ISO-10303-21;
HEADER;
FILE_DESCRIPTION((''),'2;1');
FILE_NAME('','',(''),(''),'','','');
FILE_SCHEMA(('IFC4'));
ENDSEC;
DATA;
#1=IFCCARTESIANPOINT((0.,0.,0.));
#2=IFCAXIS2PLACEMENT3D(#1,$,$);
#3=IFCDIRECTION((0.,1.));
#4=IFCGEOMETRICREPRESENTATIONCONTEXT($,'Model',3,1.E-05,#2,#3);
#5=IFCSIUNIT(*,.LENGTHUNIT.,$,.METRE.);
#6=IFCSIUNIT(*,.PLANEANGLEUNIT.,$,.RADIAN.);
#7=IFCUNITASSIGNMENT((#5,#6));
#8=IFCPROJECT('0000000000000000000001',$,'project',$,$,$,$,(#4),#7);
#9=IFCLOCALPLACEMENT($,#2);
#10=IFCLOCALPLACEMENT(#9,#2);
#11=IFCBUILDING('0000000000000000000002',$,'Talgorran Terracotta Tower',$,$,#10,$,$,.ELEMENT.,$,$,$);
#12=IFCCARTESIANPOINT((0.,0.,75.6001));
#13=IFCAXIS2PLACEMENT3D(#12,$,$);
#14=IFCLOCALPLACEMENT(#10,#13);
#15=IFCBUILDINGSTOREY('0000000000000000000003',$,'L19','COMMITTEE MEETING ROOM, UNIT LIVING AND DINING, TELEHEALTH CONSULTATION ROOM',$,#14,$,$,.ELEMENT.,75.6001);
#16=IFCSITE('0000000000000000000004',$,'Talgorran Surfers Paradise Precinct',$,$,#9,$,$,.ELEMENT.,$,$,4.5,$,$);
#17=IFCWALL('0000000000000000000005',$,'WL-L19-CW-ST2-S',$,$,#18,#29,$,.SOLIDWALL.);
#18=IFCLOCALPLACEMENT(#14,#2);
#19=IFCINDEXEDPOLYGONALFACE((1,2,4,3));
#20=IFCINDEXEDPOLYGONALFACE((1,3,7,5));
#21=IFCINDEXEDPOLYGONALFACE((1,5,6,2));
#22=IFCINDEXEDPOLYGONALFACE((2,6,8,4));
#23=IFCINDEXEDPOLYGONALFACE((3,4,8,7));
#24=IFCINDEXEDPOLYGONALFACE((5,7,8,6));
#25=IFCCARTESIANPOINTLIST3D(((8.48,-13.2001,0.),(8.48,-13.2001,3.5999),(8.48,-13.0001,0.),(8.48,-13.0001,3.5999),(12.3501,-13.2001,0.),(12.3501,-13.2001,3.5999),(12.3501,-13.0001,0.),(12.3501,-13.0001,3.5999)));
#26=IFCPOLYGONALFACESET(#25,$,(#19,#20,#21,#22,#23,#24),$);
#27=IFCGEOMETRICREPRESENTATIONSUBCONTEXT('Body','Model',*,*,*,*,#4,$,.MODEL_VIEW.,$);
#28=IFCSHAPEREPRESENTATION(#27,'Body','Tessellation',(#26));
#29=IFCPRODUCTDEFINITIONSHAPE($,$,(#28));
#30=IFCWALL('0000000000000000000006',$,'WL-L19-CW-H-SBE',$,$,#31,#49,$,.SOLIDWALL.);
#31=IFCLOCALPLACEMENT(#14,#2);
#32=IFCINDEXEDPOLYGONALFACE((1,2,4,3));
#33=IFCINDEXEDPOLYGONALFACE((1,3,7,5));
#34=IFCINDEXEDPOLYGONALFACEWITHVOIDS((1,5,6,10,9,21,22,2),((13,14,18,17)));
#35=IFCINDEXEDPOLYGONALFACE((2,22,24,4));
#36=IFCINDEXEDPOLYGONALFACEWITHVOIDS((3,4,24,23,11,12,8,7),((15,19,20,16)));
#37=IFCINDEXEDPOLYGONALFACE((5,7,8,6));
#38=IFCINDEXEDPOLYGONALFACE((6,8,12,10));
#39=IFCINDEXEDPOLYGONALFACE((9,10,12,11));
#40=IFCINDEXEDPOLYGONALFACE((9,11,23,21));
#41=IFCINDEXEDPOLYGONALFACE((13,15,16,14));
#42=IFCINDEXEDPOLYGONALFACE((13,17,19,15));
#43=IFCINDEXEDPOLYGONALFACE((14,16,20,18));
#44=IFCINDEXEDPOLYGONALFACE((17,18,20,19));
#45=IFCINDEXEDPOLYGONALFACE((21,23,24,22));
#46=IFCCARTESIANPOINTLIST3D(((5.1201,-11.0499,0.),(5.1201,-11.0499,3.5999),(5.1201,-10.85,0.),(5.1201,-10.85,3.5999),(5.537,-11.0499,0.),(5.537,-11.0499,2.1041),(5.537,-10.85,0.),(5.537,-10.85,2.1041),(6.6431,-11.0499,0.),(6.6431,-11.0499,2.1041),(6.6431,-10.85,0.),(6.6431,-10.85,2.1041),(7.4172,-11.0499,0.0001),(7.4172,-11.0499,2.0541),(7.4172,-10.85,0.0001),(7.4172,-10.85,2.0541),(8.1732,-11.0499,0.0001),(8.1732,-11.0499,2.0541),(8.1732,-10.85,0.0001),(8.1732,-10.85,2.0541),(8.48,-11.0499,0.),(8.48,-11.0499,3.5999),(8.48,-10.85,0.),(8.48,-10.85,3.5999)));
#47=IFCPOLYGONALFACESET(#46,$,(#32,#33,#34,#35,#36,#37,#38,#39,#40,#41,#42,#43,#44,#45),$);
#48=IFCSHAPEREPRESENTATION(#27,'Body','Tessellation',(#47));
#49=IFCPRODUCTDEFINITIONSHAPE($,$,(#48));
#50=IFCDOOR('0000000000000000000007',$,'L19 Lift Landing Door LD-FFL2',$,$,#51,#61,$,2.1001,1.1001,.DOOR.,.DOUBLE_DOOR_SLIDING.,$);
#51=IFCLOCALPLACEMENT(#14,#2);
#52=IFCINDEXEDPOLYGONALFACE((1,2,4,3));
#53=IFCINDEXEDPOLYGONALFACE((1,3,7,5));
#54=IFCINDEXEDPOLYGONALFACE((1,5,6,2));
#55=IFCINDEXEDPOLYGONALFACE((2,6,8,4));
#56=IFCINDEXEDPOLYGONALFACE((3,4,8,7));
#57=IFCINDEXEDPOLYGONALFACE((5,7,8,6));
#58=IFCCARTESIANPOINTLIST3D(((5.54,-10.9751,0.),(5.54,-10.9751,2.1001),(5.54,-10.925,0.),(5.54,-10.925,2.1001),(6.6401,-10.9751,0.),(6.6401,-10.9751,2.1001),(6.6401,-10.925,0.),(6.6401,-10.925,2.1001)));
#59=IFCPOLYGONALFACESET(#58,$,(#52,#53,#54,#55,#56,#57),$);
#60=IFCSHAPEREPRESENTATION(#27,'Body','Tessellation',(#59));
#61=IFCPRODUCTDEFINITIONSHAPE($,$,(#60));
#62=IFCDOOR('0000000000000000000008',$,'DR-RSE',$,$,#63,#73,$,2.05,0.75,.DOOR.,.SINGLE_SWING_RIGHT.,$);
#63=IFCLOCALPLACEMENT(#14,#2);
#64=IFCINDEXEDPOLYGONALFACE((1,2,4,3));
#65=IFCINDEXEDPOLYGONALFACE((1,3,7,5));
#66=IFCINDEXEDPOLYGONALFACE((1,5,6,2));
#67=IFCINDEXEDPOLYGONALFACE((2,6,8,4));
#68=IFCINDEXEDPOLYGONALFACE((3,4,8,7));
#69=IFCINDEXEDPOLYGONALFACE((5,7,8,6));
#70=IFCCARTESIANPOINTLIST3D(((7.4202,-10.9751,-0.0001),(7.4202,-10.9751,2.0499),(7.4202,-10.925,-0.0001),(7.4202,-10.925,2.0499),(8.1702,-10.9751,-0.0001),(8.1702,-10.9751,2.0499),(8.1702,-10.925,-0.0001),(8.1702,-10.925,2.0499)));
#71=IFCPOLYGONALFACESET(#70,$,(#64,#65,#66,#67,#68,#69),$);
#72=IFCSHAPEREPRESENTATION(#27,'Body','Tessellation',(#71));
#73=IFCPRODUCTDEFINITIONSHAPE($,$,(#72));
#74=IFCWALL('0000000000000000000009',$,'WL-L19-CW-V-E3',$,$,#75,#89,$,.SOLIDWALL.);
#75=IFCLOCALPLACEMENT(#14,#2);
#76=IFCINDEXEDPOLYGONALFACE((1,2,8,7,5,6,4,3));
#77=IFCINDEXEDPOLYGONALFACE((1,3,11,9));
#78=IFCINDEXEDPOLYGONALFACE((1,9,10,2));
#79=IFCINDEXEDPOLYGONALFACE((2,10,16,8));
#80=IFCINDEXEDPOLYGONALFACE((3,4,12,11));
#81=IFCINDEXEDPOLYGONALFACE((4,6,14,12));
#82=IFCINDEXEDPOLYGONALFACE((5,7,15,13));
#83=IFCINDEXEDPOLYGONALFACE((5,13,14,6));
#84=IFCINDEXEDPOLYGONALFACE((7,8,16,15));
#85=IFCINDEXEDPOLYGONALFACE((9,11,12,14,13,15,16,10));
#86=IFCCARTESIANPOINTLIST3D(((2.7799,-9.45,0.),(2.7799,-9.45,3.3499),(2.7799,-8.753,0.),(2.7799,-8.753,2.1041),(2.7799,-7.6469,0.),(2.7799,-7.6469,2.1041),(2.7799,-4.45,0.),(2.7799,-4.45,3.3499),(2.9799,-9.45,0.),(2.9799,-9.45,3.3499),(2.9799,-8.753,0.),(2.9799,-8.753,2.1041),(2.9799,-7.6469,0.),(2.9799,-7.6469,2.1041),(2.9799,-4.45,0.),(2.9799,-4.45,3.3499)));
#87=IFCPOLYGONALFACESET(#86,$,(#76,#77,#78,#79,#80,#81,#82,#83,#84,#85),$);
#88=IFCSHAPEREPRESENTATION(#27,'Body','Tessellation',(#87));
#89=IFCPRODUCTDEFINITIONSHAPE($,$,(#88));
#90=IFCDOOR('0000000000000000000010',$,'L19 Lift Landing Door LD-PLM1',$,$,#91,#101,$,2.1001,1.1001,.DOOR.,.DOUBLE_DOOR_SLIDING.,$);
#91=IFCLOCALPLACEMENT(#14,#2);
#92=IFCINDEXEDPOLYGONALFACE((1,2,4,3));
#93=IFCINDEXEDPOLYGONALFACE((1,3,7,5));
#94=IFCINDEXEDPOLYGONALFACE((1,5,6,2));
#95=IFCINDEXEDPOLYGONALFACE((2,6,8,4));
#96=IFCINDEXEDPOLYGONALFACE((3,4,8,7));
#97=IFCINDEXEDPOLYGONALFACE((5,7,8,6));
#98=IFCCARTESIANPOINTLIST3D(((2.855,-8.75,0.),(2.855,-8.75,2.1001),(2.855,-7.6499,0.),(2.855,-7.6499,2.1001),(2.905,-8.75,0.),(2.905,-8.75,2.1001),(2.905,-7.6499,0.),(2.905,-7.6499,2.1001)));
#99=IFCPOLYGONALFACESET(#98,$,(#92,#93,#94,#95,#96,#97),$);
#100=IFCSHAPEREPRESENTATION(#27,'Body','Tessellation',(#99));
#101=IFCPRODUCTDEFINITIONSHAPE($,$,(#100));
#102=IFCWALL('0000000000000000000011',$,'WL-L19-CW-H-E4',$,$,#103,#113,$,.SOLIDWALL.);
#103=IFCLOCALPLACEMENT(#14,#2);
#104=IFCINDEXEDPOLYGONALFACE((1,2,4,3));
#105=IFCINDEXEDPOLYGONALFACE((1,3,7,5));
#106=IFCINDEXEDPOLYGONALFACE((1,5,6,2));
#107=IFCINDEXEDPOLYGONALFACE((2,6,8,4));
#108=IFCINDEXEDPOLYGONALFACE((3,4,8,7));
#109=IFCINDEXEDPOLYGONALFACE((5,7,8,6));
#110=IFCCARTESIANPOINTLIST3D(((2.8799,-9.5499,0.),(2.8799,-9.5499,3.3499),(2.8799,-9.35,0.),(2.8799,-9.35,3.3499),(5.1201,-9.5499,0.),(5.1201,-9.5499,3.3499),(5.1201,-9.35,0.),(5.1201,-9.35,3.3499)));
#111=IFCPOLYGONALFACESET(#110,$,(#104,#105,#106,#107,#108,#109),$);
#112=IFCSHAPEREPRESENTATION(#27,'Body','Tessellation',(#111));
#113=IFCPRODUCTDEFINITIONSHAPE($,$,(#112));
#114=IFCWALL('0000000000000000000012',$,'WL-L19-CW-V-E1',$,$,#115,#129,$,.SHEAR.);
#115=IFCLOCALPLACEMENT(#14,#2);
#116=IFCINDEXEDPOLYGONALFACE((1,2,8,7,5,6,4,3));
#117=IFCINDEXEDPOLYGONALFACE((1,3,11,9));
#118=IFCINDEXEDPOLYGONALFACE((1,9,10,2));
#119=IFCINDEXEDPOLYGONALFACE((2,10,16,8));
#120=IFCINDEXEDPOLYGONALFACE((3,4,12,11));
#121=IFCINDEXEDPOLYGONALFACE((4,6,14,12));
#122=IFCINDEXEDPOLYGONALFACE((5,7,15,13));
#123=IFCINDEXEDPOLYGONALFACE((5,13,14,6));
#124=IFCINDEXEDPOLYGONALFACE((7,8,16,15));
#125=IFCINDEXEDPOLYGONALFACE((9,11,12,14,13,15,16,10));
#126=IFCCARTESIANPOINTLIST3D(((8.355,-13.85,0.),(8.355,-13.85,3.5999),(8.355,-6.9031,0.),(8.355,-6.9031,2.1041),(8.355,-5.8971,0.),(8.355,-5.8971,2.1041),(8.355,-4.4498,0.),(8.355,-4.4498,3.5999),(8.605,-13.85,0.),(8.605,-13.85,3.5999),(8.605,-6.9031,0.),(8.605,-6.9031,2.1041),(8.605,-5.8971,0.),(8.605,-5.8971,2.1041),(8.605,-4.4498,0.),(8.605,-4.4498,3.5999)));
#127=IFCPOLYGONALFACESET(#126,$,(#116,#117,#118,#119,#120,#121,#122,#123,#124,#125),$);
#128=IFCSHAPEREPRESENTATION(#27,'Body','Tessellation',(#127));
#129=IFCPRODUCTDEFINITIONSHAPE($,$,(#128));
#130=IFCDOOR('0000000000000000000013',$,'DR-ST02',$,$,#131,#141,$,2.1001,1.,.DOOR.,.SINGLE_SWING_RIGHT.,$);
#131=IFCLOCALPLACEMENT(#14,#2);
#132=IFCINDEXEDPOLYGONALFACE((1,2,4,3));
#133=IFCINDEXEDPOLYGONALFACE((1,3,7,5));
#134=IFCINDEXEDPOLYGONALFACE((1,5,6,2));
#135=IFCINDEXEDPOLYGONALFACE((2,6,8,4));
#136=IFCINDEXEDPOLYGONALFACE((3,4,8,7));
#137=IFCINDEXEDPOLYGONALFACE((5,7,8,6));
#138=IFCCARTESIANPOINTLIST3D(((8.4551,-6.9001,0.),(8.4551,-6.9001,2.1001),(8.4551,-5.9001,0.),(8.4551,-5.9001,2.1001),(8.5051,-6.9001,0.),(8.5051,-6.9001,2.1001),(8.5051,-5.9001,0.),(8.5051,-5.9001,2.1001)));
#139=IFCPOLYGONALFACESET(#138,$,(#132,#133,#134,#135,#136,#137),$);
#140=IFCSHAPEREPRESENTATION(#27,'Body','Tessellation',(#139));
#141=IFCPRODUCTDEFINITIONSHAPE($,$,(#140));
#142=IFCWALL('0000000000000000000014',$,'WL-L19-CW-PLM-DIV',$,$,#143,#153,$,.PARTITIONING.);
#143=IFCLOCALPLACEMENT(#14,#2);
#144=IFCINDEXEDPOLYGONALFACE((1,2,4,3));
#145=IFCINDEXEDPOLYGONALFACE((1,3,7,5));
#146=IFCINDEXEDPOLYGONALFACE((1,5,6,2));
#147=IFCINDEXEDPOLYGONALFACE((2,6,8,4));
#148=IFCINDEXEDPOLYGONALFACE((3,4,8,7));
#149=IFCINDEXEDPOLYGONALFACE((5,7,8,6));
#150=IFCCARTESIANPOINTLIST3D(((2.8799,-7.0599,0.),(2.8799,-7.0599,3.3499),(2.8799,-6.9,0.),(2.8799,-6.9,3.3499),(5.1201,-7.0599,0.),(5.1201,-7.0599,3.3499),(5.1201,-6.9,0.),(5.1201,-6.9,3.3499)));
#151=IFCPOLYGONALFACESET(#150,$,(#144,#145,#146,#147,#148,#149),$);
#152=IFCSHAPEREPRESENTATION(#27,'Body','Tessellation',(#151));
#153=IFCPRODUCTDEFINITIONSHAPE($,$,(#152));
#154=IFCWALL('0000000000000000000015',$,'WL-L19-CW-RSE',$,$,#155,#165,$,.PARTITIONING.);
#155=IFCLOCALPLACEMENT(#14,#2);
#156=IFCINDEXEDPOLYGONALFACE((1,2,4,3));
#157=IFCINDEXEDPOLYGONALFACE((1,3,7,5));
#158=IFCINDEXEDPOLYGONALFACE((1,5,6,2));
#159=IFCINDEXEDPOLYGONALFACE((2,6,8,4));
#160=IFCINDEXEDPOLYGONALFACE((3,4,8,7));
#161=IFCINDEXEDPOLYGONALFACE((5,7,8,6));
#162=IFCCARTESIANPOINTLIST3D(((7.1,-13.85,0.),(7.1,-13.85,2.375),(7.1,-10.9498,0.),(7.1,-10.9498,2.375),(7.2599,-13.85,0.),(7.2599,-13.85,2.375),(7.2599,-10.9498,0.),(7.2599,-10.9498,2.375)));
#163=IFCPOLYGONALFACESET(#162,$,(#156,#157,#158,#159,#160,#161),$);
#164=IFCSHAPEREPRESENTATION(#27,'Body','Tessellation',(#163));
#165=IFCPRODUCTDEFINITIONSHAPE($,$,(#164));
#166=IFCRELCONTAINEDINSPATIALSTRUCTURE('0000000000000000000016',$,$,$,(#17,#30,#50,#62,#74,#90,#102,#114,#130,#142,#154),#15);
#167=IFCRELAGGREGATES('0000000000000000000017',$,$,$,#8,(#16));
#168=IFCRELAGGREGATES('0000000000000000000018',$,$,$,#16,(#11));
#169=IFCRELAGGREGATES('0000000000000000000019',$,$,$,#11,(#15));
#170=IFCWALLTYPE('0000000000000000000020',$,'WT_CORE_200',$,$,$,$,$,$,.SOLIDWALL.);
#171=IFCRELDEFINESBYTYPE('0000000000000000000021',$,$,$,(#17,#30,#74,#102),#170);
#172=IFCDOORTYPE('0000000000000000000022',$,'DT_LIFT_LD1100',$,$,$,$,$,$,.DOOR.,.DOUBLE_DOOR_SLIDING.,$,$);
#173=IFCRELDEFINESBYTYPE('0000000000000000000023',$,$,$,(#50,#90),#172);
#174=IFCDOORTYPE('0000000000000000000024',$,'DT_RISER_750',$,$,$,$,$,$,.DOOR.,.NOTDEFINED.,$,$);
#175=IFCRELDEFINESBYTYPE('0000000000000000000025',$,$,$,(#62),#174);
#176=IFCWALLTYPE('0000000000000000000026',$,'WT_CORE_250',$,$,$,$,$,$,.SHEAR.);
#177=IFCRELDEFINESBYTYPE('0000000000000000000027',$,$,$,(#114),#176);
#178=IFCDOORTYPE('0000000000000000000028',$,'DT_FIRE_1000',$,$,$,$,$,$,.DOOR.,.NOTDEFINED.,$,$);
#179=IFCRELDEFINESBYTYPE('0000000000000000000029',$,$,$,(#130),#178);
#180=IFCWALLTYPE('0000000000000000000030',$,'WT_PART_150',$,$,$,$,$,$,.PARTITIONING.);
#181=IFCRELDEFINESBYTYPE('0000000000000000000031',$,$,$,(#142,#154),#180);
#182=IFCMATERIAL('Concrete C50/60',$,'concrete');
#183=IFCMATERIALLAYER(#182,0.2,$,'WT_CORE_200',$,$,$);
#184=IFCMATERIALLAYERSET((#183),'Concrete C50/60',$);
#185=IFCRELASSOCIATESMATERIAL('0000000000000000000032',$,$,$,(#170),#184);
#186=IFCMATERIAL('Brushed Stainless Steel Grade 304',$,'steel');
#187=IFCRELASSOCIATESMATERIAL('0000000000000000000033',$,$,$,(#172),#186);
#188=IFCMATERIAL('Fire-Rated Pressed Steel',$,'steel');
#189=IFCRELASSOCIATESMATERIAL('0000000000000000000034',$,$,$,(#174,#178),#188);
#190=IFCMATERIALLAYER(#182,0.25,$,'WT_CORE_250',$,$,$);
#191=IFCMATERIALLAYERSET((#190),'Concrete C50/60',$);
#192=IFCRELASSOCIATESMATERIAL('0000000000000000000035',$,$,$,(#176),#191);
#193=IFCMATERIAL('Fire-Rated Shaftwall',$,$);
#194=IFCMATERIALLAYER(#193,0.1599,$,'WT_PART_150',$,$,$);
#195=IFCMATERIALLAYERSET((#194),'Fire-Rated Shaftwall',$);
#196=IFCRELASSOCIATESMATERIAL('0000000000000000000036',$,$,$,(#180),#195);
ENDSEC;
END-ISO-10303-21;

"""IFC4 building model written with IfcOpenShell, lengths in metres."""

from ifc_helpers import new_model, si_unit, direction, frame, frame_2d, origin, place, context, subcontext, project, spatial, rectangle, extrude, material, layer, layer_set, type_object, element, fill, save


model = new_model("IFC4")

# Units and contexts
model_context = context("Model", 3, precision=1e-05, world=origin(), true_north=direction((0.0, 1.0)))
body_context = subcontext(model_context, "Body", "Model", "MODEL_VIEW")
ifc_project = project(units=[si_unit("LENGTHUNIT", "METRE"), si_unit("PLANEANGLEUNIT", "RADIAN")], contexts=[model_context])

# Site, building, storey
site_placement = place(None, origin())
site = spatial("IfcSite", under=ifc_project, at=site_placement, Name="Talgorran Surfers Paradise Precinct", CompositionType="ELEMENT", RefElevation=4.5)
building_placement = place(site_placement, origin())
building = spatial("IfcBuilding", under=site, at=building_placement, Name="Talgorran Terracotta Tower", CompositionType="ELEMENT")
storey_placement = place(building_placement, frame((0.0, 0.0, 75.6001)))
storey = spatial("IfcBuildingStorey", under=building, at=storey_placement, Name="L19", Description="COMMITTEE MEETING ROOM, UNIT LIVING AND DINING, TELEHEALTH CONSULTATION ROOM", CompositionType="ELEMENT", Elevation=75.6001)

# Wall
ifc_material_1 = material(Name="Concrete C50/60", Category="concrete")
ifc_layer_1 = layer(ifc_material_1, 0.2, Name="WT_CORE_200")
ifc_layer_set_1 = layer_set([ifc_layer_1], Name="Concrete C50/60")
wall_type_1 = type_object("IfcWallType", Name="WT_CORE_200", PredefinedType="SOLIDWALL", material=ifc_layer_set_1)
for number, where, z_axis, x_axis, name in (
    (1, (8.48, -13.1001, 0.0), (0.0, 0.0, 1.0), (1.0, 0.0, 0.0), "WL-L19-CW-ST2-S"),
):
    element("IfcWall", number, at=place(storey_placement, frame(where, z_axis=z_axis, x_axis=x_axis)), inside=storey, type_object=wall_type_1, Name=name, PredefinedType="SOLIDWALL", context=body_context, shape_type="SweptSolid", body=[
        extrude(rectangle(XDim=3.8701, YDim=0.2, at=frame_2d((1.9351, 0.0))), origin(), (0.0, 0.0, 1.0), 3.5999),
    ])

# Wall, openings, doors
wall_1_placement = place(storey_placement, frame((5.1201, -10.95, 0.0), z_axis=(0.0, 0.0, 1.0), x_axis=(1.0, 0.0, 0.0)))
wall_1 = element("IfcWall", 2, at=wall_1_placement, inside=storey, type_object=wall_type_1, Name="WL-L19-CW-H-SBE", PredefinedType="SOLIDWALL", context=body_context, shape_type="SweptSolid", body=[
    extrude(rectangle(XDim=3.3599, YDim=0.2, at=frame_2d((1.6799, 0.0))), origin(), (0.0, 0.0, 1.0), 3.5999),
])
opening_1_placement = place(wall_1_placement, frame((0.4199, 0.0, 0.0)))
opening_1 = element("IfcOpeningElement", 3, at=opening_1_placement, cuts=wall_1, PredefinedType="OPENING", context=body_context, shape_type="SweptSolid", body=[
    extrude(rectangle(XDim=1.1061, YDim=2.1041, at=frame_2d((0.55, 1.052))), frame((0.0, 0.1099, 0.0), z_axis=(0.0, -1.0, 0.0), x_axis=(1.0, 0.0, 0.0)), (0.0, 0.0, 1.0), 0.22),
])
opening_2_placement = place(wall_1_placement, frame((2.3, 0.0, 0.0)))
opening_2 = element("IfcOpeningElement", 4, at=opening_2_placement, cuts=wall_1, PredefinedType="OPENING", context=body_context, shape_type="SweptSolid", body=[
    extrude(rectangle(XDim=0.756, YDim=2.054, at=frame_2d((0.375, 1.0271))), frame((0.0, 0.1099, 0.0), z_axis=(0.0, -1.0, 0.0), x_axis=(1.0, 0.0, 0.0)), (0.0, 0.0, 1.0), 0.22),
])
ifc_material_2 = material(Name="Brushed Stainless Steel Grade 304", Category="steel")
door_type_1 = type_object("IfcDoorType", Name="DT_LIFT_LD1100", OperationType="DOUBLE_DOOR_SLIDING", PredefinedType="DOOR", material=ifc_material_2)
door_1_placement = place(opening_1_placement, origin())
door_1 = element("IfcDoor", 5, at=door_1_placement, inside=storey, type_object=door_type_1, Name="L19 Lift Landing Door LD-FFL2", OperationType="DOUBLE_DOOR_SLIDING", OverallHeight=2.1001, OverallWidth=1.1001, PredefinedType="DOOR", context=body_context, shape_type="SweptSolid", body=[
    extrude(rectangle(XDim=1.1001, YDim=2.1001, at=frame_2d((0.55, 1.05))), frame((0.0, 0.0249, 0.0), z_axis=(0.0, -1.0, 0.0), x_axis=(1.0, 0.0, 0.0)), (0.0, 0.0, 1.0), 0.05),
])
fill(opening_1, door_1)
ifc_material_3 = material(Name="Fire-Rated Pressed Steel", Category="steel")
door_type_2 = type_object("IfcDoorType", Name="DT_RISER_750", OperationType="NOTDEFINED", PredefinedType="DOOR", material=ifc_material_3)
door_2_placement = place(opening_2_placement, origin())
door_2 = element("IfcDoor", 6, at=door_2_placement, inside=storey, type_object=door_type_2, Name="DR-RSE", OperationType="SINGLE_SWING_RIGHT", OverallHeight=2.05, OverallWidth=0.75, PredefinedType="DOOR", context=body_context, shape_type="SweptSolid", body=[
    extrude(rectangle(XDim=0.75, YDim=2.05, at=frame_2d((0.375, 1.0249))), frame((0.0, 0.0249, 0.0), z_axis=(0.0, -1.0, 0.0), x_axis=(1.0, 0.0, 0.0)), (0.0, 0.0, 1.0), 0.05),
])
fill(opening_2, door_2)

# Wall, opening, door
wall_2_placement = place(storey_placement, frame((2.8799, -9.45, 0.0), z_axis=(0.0, 0.0, 1.0), x_axis=(0.0, 1.0, 0.0)))
wall_2 = element("IfcWall", 7, at=wall_2_placement, inside=storey, type_object=wall_type_1, Name="WL-L19-CW-V-E3", PredefinedType="SOLIDWALL", context=body_context, shape_type="SweptSolid", body=[
    extrude(rectangle(XDim=5.0, YDim=0.2, at=frame_2d((2.5, 0.0))), origin(), (0.0, 0.0, 1.0), 3.3499),
])
opening_3_placement = place(wall_2_placement, frame((0.7, 0.0, 0.0)))
opening_3 = element("IfcOpeningElement", 8, at=opening_3_placement, cuts=wall_2, PredefinedType="OPENING", context=body_context, shape_type="SweptSolid", body=[
    extrude(rectangle(XDim=1.1061, YDim=2.1041, at=frame_2d((0.55, 1.052))), frame((0.0, 0.1099, 0.0), z_axis=(0.0, -1.0, 0.0), x_axis=(1.0, 0.0, 0.0)), (0.0, 0.0, 1.0), 0.22),
])
door_3_placement = place(opening_3_placement, origin())
door_3 = element("IfcDoor", 9, at=door_3_placement, inside=storey, type_object=door_type_1, Name="L19 Lift Landing Door LD-PLM1", OperationType="DOUBLE_DOOR_SLIDING", OverallHeight=2.1001, OverallWidth=1.1001, PredefinedType="DOOR", context=body_context, shape_type="SweptSolid", body=[
    extrude(rectangle(XDim=1.1001, YDim=2.1001, at=frame_2d((0.55, 1.05))), frame((0.0, 0.0249, 0.0), z_axis=(0.0, -1.0, 0.0), x_axis=(1.0, 0.0, 0.0)), (0.0, 0.0, 1.0), 0.05),
])
fill(opening_3, door_3)

# Wall
wall_3_placement = place(storey_placement, frame((2.8799, -9.45, 0.0), z_axis=(0.0, 0.0, 1.0), x_axis=(1.0, 0.0, 0.0)))
element("IfcWall", 10, at=wall_3_placement, inside=storey, type_object=wall_type_1, Name="WL-L19-CW-H-E4", PredefinedType="SOLIDWALL", context=body_context, shape_type="SweptSolid", body=[
    extrude(rectangle(XDim=2.2402, YDim=0.2, at=frame_2d((1.1201, 0.0))), origin(), (0.0, 0.0, 1.0), 3.3499),
])

# Wall, opening, door
ifc_layer_2 = layer(ifc_material_1, 0.25, Name="WT_CORE_250")
ifc_layer_set_2 = layer_set([ifc_layer_2], Name="Concrete C50/60")
wall_type_2 = type_object("IfcWallType", Name="WT_CORE_250", PredefinedType="SHEAR", material=ifc_layer_set_2)
wall_4_placement = place(storey_placement, frame((8.48, -13.8501, 0.0), z_axis=(0.0, 0.0, 1.0), x_axis=(0.0, 1.0, 0.0)))
wall_4 = element("IfcWall", 11, at=wall_4_placement, inside=storey, type_object=wall_type_2, Name="WL-L19-CW-V-E1", PredefinedType="SHEAR", context=body_context, shape_type="SweptSolid", body=[
    extrude(rectangle(XDim=9.4001, YDim=0.25, at=frame_2d((4.7002, 0.0))), origin(), (0.0, 0.0, 1.0), 3.5999),
])
opening_4_placement = place(wall_4_placement, frame((6.95, 0.0, 0.0)))
opening_4 = element("IfcOpeningElement", 12, at=opening_4_placement, cuts=wall_4, PredefinedType="OPENING", context=body_context, shape_type="SweptSolid", body=[
    extrude(rectangle(XDim=1.006, YDim=2.1041, at=frame_2d((0.5, 1.052))), frame((0.0, 0.135, 0.0), z_axis=(0.0, -1.0, 0.0), x_axis=(1.0, 0.0, 0.0)), (0.0, 0.0, 1.0), 0.27),
])
door_type_3 = type_object("IfcDoorType", Name="DT_FIRE_1000", OperationType="NOTDEFINED", PredefinedType="DOOR", material=ifc_material_3)
door_4_placement = place(opening_4_placement, origin())
door_4 = element("IfcDoor", 13, at=door_4_placement, inside=storey, type_object=door_type_3, Name="DR-ST02", OperationType="SINGLE_SWING_RIGHT", OverallHeight=2.1001, OverallWidth=1.0, PredefinedType="DOOR", context=body_context, shape_type="SweptSolid", body=[
    extrude(rectangle(XDim=1.0, YDim=2.1001, at=frame_2d((0.5, 1.05))), frame((0.0, 0.0249, 0.0), z_axis=(0.0, -1.0, 0.0), x_axis=(1.0, 0.0, 0.0)), (0.0, 0.0, 1.0), 0.05),
])
fill(opening_4, door_4)

# Walls
ifc_material_4 = material(Name="Fire-Rated Shaftwall")
ifc_layer_3 = layer(ifc_material_4, 0.1599, Name="WT_PART_150")
ifc_layer_set_3 = layer_set([ifc_layer_3], Name="Fire-Rated Shaftwall")
wall_type_3 = type_object("IfcWallType", Name="WT_PART_150", PredefinedType="PARTITIONING", material=ifc_layer_set_3)
wall_5_placement = place(storey_placement, frame((2.8799, -6.98, 0.0), z_axis=(0.0, 0.0, 1.0), x_axis=(1.0, 0.0, 0.0)))
element("IfcWall", 14, at=wall_5_placement, inside=storey, type_object=wall_type_3, Name="WL-L19-CW-PLM-DIV", PredefinedType="PARTITIONING", context=body_context, shape_type="SweptSolid", body=[
    extrude(rectangle(XDim=2.2402, YDim=0.1599, at=frame_2d((1.1201, 0.0))), origin(), (0.0, 0.0, 1.0), 3.3499),
])
wall_6_placement = place(storey_placement, frame((7.1799, -13.8501, 0.0), z_axis=(0.0, 0.0, 1.0), x_axis=(0.0, 1.0, 0.0)))
element("IfcWall", 15, at=wall_6_placement, inside=storey, type_object=wall_type_3, Name="WL-L19-CW-RSE", PredefinedType="PARTITIONING", context=body_context, shape_type="SweptSolid", body=[
    extrude(rectangle(XDim=2.9001, YDim=0.1599, at=frame_2d((1.4502, 0.0))), origin(), (0.0, 0.0, 1.0), 2.375),
])

save(model, "model.ifc")
